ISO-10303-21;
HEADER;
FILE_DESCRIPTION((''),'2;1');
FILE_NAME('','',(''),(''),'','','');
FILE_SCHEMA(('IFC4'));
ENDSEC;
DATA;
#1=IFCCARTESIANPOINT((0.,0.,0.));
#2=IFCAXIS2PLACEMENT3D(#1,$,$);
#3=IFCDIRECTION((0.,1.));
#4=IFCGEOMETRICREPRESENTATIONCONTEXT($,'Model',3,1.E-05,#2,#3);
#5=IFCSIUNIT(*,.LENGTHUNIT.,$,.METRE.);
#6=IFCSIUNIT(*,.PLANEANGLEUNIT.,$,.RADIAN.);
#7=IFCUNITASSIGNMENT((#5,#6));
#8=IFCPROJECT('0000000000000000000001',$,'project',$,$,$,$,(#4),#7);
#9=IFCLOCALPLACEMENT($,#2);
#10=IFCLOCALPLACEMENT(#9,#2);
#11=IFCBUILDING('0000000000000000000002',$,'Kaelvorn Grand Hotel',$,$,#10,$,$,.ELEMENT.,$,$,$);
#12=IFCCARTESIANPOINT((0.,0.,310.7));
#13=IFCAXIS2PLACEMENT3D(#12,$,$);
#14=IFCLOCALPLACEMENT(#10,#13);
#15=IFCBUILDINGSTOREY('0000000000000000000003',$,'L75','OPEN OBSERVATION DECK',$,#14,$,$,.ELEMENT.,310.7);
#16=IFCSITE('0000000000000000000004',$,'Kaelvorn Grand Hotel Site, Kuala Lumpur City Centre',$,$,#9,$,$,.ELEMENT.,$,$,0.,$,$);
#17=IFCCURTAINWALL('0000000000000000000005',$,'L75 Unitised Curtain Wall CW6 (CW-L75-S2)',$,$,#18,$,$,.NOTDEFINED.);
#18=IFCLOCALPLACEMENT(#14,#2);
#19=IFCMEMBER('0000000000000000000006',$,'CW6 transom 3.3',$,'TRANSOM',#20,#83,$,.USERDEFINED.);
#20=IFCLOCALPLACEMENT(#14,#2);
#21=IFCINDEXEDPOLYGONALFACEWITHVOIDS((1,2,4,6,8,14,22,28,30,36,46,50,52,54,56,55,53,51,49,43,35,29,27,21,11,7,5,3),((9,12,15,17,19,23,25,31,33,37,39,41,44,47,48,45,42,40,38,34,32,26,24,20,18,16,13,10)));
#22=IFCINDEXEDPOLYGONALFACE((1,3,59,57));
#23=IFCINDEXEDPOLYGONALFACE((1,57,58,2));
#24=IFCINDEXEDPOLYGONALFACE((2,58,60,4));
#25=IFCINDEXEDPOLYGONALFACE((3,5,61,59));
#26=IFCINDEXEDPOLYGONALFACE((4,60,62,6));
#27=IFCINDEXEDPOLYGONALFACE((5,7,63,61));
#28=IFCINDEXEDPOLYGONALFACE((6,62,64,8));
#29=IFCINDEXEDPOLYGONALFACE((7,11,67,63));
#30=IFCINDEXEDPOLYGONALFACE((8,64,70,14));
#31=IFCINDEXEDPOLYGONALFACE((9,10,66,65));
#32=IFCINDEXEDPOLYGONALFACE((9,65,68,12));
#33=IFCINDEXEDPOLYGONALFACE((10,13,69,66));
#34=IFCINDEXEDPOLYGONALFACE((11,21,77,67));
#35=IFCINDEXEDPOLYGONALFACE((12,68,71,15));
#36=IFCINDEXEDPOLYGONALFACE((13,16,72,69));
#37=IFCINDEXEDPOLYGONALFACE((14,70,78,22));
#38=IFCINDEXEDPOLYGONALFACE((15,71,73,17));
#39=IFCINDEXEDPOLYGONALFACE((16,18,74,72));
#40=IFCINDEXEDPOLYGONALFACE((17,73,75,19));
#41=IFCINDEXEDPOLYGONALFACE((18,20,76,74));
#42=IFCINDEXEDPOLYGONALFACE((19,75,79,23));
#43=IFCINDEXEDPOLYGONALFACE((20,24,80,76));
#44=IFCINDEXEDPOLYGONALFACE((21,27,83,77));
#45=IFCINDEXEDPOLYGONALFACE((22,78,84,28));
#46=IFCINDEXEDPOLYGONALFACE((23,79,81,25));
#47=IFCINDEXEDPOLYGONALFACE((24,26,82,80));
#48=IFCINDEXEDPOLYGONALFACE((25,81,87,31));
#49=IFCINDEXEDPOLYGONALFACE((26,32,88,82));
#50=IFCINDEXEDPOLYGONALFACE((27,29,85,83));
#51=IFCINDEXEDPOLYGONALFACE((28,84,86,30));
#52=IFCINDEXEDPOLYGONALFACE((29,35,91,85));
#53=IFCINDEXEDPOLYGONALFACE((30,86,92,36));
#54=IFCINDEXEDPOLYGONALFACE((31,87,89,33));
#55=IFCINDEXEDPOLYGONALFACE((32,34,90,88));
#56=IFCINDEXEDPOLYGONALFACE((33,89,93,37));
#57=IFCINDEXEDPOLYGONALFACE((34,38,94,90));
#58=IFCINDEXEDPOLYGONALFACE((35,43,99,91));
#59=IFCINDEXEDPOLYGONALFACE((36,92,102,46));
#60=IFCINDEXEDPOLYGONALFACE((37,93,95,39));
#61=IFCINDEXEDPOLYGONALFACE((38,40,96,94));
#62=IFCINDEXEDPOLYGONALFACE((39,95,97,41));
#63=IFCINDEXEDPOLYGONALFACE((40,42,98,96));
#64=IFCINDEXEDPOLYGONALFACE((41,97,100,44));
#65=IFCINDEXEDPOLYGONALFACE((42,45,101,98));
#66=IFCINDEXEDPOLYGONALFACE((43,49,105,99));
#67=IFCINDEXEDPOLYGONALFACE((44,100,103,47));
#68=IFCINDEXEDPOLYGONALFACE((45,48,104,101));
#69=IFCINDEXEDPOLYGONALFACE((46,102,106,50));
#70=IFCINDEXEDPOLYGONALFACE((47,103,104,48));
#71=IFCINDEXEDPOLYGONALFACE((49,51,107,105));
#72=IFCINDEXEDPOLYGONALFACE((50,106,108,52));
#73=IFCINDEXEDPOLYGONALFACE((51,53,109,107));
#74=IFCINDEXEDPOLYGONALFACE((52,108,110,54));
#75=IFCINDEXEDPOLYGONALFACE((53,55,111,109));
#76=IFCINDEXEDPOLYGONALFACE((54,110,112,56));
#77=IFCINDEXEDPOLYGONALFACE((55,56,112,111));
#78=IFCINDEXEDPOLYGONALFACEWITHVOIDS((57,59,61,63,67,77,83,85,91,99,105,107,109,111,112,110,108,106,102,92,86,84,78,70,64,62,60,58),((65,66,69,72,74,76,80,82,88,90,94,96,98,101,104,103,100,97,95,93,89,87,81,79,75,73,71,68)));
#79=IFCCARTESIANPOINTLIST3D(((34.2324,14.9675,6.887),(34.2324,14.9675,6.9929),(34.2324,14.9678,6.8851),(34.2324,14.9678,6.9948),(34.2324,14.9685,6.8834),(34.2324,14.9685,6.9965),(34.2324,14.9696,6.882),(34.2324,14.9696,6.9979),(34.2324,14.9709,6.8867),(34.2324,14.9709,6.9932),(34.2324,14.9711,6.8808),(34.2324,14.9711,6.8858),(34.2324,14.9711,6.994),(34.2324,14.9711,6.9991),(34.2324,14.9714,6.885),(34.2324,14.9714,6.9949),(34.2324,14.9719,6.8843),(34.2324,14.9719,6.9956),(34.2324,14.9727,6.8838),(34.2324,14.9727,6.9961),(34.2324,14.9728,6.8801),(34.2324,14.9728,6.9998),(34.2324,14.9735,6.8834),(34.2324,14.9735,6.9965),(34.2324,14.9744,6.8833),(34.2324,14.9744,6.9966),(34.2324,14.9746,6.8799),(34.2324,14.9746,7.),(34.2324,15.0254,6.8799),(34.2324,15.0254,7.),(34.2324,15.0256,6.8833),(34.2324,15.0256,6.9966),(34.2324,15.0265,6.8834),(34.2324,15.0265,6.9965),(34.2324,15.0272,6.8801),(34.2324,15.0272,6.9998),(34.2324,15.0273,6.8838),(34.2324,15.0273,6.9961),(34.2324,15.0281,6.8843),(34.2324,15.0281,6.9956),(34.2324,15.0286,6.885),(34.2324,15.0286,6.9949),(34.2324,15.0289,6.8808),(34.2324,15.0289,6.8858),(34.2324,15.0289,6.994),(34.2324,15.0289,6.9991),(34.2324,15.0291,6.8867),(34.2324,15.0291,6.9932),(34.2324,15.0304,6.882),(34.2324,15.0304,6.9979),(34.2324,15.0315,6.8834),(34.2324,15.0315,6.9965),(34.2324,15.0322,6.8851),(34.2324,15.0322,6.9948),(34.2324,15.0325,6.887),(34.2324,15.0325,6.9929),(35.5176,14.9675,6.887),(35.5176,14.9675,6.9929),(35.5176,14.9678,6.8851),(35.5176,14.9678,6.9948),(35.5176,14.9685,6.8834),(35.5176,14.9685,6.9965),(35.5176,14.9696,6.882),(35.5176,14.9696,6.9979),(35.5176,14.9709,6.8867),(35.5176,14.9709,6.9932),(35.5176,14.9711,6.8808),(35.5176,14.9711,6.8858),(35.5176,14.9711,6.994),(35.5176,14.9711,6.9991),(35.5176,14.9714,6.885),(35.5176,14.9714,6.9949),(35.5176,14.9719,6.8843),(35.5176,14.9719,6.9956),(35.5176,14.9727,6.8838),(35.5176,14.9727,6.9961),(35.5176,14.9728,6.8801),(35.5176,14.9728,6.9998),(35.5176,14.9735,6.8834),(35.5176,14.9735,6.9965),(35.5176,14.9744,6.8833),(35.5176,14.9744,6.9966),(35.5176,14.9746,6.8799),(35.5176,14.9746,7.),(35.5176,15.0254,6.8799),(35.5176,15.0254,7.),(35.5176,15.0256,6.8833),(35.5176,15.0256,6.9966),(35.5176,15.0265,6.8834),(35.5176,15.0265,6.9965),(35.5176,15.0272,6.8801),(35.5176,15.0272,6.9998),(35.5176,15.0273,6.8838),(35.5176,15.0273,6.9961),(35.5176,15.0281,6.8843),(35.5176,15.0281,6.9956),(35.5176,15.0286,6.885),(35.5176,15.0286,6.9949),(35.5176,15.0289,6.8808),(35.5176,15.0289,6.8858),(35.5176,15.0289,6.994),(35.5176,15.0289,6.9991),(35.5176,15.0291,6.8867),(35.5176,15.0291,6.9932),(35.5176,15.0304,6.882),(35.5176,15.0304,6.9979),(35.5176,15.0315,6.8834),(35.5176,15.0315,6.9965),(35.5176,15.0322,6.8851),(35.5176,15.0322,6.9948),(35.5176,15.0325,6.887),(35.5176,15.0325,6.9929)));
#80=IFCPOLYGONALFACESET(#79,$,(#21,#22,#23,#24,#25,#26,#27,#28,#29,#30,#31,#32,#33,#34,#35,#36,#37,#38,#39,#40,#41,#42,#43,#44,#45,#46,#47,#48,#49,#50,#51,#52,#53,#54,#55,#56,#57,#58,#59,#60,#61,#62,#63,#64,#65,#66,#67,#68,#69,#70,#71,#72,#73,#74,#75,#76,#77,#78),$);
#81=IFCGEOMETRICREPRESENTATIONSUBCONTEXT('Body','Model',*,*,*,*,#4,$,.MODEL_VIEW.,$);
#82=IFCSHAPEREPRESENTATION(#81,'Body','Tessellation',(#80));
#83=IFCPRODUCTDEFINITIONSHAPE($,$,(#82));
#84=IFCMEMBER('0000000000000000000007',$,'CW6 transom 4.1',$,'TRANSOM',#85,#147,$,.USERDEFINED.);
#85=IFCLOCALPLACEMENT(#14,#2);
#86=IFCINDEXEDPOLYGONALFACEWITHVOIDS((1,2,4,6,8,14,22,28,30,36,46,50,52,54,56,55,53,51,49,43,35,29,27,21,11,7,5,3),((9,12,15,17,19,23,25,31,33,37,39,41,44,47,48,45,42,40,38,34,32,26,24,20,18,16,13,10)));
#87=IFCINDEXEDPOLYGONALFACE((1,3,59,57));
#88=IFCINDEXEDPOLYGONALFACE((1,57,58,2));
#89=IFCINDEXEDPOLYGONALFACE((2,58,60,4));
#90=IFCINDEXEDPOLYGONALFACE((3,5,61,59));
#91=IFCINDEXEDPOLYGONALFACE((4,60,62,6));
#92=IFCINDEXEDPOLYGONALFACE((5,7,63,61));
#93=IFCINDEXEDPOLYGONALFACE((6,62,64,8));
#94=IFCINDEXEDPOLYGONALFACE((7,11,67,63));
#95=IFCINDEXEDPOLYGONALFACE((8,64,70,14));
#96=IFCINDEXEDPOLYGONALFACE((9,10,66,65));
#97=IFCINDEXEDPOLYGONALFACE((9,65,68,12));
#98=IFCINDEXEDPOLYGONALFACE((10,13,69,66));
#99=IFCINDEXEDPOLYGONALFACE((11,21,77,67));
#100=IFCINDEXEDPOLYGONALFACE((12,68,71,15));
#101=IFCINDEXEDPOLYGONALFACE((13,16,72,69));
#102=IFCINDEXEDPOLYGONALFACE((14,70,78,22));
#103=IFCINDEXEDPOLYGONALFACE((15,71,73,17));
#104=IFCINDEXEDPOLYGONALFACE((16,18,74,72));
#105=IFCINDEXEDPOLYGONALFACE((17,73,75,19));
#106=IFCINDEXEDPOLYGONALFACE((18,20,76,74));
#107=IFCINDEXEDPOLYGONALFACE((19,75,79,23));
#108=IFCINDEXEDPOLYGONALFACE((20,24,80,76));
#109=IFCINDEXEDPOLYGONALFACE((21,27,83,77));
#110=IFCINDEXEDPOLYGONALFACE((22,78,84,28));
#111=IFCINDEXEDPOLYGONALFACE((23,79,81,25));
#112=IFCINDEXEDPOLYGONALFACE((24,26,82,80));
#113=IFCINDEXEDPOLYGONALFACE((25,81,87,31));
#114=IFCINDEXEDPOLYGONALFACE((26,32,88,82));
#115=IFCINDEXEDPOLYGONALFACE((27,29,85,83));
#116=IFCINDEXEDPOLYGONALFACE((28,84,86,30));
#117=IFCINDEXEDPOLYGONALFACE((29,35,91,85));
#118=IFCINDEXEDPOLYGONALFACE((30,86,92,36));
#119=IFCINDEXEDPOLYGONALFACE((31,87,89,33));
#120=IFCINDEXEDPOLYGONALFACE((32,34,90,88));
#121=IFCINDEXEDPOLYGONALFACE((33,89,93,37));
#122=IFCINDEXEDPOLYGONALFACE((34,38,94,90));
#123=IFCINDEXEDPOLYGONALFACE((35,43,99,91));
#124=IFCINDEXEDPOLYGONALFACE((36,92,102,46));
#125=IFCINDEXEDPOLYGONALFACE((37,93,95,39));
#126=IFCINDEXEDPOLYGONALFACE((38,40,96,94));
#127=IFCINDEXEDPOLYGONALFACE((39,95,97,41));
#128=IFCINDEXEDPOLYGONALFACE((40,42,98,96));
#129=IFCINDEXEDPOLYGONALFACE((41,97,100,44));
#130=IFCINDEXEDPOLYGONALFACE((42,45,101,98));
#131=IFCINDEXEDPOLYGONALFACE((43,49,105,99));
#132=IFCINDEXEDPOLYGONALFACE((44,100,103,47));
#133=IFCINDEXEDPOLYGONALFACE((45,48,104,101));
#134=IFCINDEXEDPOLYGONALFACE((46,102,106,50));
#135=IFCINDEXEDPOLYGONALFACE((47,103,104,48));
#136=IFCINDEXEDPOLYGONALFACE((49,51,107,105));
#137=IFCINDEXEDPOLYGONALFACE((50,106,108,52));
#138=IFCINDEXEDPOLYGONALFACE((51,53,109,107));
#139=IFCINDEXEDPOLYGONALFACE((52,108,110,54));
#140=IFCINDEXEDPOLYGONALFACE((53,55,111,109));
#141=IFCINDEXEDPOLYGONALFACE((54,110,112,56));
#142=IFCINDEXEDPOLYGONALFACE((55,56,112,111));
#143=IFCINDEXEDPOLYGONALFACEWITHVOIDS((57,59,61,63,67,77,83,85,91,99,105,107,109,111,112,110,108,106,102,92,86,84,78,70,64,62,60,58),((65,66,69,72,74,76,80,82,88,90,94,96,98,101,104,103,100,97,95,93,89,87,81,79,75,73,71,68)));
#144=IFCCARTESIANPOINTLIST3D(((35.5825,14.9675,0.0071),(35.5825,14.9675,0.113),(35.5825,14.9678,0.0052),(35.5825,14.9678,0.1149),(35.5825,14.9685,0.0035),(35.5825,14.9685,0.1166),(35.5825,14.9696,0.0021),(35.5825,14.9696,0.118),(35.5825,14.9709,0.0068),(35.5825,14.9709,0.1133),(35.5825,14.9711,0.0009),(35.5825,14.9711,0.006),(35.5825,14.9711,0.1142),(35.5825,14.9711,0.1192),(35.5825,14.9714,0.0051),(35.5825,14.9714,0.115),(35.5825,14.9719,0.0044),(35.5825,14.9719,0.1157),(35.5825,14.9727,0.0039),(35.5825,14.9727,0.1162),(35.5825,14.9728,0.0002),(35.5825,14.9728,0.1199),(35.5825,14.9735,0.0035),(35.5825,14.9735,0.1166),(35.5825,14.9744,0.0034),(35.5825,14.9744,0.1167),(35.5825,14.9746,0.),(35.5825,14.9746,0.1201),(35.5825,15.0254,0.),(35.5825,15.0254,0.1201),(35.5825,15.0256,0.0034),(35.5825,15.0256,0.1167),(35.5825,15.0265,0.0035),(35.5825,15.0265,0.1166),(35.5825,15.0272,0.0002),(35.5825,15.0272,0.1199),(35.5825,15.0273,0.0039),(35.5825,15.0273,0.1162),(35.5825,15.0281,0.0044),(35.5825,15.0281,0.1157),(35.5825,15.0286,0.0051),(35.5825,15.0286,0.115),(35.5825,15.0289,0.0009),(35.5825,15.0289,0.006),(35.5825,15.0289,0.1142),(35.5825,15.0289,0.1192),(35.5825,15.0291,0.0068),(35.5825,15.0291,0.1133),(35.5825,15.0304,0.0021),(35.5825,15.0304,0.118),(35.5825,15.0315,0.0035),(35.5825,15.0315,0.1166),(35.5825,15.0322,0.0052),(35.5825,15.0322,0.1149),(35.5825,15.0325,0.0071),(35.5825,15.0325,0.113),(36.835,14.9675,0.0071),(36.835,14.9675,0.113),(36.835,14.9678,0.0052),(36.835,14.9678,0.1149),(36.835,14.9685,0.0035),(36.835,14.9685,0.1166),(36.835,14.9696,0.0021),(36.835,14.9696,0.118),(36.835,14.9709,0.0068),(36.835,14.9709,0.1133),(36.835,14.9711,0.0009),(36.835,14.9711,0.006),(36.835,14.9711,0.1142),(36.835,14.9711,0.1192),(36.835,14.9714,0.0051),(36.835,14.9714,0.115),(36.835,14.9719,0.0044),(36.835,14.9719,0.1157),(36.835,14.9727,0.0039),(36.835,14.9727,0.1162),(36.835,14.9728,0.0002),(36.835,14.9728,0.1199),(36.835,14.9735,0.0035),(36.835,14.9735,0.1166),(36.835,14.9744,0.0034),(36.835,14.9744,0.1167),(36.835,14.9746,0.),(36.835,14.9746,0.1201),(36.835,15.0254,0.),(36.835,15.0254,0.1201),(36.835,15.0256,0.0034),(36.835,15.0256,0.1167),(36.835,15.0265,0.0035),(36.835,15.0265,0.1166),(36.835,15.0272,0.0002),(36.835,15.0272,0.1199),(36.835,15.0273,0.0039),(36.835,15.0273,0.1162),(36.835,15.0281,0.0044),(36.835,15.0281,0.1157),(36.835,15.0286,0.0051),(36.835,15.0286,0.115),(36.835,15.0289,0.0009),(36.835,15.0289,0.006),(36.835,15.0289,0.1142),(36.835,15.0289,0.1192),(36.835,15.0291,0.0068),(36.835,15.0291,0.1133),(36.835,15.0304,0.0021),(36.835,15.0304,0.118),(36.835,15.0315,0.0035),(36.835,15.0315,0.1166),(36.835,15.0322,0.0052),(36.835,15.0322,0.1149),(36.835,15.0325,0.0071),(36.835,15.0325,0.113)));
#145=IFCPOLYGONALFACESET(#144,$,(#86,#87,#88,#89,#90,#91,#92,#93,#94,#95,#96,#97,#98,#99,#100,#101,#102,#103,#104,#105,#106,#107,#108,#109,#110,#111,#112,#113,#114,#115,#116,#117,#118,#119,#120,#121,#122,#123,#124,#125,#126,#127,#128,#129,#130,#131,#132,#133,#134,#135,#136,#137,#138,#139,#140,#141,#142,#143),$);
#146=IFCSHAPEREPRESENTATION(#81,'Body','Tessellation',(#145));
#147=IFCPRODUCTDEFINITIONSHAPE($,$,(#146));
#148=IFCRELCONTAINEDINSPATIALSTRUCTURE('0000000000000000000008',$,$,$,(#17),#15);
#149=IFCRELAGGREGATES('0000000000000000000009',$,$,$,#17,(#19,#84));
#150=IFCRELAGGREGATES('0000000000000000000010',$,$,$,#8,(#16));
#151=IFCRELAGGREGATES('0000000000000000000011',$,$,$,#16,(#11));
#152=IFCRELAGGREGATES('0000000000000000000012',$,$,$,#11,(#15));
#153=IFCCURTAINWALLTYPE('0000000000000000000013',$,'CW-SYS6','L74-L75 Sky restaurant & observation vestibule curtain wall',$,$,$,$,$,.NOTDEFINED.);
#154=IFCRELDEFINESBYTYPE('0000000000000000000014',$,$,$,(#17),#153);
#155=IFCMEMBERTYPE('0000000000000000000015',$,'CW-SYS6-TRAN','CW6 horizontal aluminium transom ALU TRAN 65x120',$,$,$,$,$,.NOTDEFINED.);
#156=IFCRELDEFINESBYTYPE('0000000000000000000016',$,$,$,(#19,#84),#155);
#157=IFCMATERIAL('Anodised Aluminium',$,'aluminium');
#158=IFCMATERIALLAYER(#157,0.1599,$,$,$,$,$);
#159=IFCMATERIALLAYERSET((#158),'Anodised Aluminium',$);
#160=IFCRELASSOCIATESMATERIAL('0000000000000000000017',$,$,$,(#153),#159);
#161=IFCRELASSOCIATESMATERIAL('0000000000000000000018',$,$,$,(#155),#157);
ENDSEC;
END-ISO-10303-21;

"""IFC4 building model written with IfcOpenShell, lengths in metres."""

from ifc_helpers import new_model, si_unit, direction, frame, origin, origin_2d, place, context, subcontext, project, spatial, hollow_rectangle, extrude, material, layer, layer_set, material_profile, profile_set, type_object, element, aggregate, save


model = new_model("IFC4")

# Units and contexts
model_context = context("Model", 3, precision=1e-05, world=origin(), true_north=direction((0.0, 1.0)))
body_context = subcontext(model_context, "Body", "Model", "MODEL_VIEW")
ifc_project = project(units=[si_unit("LENGTHUNIT", "METRE"), si_unit("PLANEANGLEUNIT", "RADIAN")], contexts=[model_context])

# Site, building, storey
site_placement = place(None, origin())
site = spatial("IfcSite", under=ifc_project, at=site_placement, Name="Kaelvorn Grand Hotel Site, Kuala Lumpur City Centre", CompositionType="ELEMENT", RefElevation=0.0)
building_placement = place(site_placement, origin())
building = spatial("IfcBuilding", under=site, at=building_placement, Name="Kaelvorn Grand Hotel", CompositionType="ELEMENT")
storey_placement = place(building_placement, frame((0.0, 0.0, 310.7)))
storey = spatial("IfcBuildingStorey", under=building, at=storey_placement, Name="L75", Description="OPEN OBSERVATION DECK", CompositionType="ELEMENT", Elevation=310.7)

# Curtain wall, members
ifc_material_1 = material(Name="Anodised Aluminium", Category="aluminium")
ifc_layer_1 = layer(ifc_material_1, 0.1599)
ifc_layer_set_1 = layer_set([ifc_layer_1], Name="Anodised Aluminium")
curtain_wall_type = type_object("IfcCurtainWallType", Name="CW-SYS6", Description="L74-L75 Sky restaurant & observation vestibule curtain wall", PredefinedType="NOTDEFINED", material=ifc_layer_set_1)
curtain_wall_placement = place(storey_placement, origin())
curtain_wall = element("IfcCurtainWall", 1, at=curtain_wall_placement, inside=storey, type_object=curtain_wall_type, Name="L75 Unitised Curtain Wall CW6 (CW-L75-S2)", PredefinedType="NOTDEFINED")
ifc_material_profile_1 = material_profile(ifc_material_1, hollow_rectangle(XDim=0.0649, YDim=0.1201, WallThickness=0.0034, InnerFilletRadius=0.0034, OuterFilletRadius=0.0071, at=origin_2d()), Name="ALU TRAN 65x120")
ifc_profile_set_1 = profile_set([ifc_material_profile_1], Name="Anodised Aluminium")
member_type_1 = type_object("IfcMemberType", Name="CW-SYS6-TRAN", Description="CW6 horizontal aluminium transom ALU TRAN 65x120", PredefinedType="NOTDEFINED", material=ifc_profile_set_1)
member_1_placement = place(storey_placement, frame((34.2324, 15.0, 6.9399), z_axis=(1.0, 0.0, 0.0), x_axis=(0.0, 1.0, 0.0)))
member_1 = element("IfcMember", 2, at=member_1_placement, type_object=member_type_1, Name="CW6 transom 3.3", ObjectType="TRANSOM", PredefinedType="USERDEFINED", context=body_context, shape_type="SweptSolid", body=[
    extrude(hollow_rectangle(XDim=0.0649, YDim=0.1201, WallThickness=0.0034, InnerFilletRadius=0.0034, OuterFilletRadius=0.0071, at=origin_2d()), origin(), (0.0, 0.0, 1.0), 1.2852),
])
member_2_placement = place(storey_placement, frame((35.5825, 15.0, 0.0601), z_axis=(1.0, 0.0, 0.0), x_axis=(0.0, 1.0, 0.0)))
member_2 = element("IfcMember", 3, at=member_2_placement, type_object=member_type_1, Name="CW6 transom 4.1", ObjectType="TRANSOM", PredefinedType="USERDEFINED", context=body_context, shape_type="SweptSolid", body=[
    extrude(hollow_rectangle(XDim=0.0649, YDim=0.1201, WallThickness=0.0034, InnerFilletRadius=0.0034, OuterFilletRadius=0.0071, at=origin_2d()), origin(), (0.0, 0.0, 1.0), 1.2524),
])

aggregate(curtain_wall, [member_1, member_2])

save(model, "model.ifc")
